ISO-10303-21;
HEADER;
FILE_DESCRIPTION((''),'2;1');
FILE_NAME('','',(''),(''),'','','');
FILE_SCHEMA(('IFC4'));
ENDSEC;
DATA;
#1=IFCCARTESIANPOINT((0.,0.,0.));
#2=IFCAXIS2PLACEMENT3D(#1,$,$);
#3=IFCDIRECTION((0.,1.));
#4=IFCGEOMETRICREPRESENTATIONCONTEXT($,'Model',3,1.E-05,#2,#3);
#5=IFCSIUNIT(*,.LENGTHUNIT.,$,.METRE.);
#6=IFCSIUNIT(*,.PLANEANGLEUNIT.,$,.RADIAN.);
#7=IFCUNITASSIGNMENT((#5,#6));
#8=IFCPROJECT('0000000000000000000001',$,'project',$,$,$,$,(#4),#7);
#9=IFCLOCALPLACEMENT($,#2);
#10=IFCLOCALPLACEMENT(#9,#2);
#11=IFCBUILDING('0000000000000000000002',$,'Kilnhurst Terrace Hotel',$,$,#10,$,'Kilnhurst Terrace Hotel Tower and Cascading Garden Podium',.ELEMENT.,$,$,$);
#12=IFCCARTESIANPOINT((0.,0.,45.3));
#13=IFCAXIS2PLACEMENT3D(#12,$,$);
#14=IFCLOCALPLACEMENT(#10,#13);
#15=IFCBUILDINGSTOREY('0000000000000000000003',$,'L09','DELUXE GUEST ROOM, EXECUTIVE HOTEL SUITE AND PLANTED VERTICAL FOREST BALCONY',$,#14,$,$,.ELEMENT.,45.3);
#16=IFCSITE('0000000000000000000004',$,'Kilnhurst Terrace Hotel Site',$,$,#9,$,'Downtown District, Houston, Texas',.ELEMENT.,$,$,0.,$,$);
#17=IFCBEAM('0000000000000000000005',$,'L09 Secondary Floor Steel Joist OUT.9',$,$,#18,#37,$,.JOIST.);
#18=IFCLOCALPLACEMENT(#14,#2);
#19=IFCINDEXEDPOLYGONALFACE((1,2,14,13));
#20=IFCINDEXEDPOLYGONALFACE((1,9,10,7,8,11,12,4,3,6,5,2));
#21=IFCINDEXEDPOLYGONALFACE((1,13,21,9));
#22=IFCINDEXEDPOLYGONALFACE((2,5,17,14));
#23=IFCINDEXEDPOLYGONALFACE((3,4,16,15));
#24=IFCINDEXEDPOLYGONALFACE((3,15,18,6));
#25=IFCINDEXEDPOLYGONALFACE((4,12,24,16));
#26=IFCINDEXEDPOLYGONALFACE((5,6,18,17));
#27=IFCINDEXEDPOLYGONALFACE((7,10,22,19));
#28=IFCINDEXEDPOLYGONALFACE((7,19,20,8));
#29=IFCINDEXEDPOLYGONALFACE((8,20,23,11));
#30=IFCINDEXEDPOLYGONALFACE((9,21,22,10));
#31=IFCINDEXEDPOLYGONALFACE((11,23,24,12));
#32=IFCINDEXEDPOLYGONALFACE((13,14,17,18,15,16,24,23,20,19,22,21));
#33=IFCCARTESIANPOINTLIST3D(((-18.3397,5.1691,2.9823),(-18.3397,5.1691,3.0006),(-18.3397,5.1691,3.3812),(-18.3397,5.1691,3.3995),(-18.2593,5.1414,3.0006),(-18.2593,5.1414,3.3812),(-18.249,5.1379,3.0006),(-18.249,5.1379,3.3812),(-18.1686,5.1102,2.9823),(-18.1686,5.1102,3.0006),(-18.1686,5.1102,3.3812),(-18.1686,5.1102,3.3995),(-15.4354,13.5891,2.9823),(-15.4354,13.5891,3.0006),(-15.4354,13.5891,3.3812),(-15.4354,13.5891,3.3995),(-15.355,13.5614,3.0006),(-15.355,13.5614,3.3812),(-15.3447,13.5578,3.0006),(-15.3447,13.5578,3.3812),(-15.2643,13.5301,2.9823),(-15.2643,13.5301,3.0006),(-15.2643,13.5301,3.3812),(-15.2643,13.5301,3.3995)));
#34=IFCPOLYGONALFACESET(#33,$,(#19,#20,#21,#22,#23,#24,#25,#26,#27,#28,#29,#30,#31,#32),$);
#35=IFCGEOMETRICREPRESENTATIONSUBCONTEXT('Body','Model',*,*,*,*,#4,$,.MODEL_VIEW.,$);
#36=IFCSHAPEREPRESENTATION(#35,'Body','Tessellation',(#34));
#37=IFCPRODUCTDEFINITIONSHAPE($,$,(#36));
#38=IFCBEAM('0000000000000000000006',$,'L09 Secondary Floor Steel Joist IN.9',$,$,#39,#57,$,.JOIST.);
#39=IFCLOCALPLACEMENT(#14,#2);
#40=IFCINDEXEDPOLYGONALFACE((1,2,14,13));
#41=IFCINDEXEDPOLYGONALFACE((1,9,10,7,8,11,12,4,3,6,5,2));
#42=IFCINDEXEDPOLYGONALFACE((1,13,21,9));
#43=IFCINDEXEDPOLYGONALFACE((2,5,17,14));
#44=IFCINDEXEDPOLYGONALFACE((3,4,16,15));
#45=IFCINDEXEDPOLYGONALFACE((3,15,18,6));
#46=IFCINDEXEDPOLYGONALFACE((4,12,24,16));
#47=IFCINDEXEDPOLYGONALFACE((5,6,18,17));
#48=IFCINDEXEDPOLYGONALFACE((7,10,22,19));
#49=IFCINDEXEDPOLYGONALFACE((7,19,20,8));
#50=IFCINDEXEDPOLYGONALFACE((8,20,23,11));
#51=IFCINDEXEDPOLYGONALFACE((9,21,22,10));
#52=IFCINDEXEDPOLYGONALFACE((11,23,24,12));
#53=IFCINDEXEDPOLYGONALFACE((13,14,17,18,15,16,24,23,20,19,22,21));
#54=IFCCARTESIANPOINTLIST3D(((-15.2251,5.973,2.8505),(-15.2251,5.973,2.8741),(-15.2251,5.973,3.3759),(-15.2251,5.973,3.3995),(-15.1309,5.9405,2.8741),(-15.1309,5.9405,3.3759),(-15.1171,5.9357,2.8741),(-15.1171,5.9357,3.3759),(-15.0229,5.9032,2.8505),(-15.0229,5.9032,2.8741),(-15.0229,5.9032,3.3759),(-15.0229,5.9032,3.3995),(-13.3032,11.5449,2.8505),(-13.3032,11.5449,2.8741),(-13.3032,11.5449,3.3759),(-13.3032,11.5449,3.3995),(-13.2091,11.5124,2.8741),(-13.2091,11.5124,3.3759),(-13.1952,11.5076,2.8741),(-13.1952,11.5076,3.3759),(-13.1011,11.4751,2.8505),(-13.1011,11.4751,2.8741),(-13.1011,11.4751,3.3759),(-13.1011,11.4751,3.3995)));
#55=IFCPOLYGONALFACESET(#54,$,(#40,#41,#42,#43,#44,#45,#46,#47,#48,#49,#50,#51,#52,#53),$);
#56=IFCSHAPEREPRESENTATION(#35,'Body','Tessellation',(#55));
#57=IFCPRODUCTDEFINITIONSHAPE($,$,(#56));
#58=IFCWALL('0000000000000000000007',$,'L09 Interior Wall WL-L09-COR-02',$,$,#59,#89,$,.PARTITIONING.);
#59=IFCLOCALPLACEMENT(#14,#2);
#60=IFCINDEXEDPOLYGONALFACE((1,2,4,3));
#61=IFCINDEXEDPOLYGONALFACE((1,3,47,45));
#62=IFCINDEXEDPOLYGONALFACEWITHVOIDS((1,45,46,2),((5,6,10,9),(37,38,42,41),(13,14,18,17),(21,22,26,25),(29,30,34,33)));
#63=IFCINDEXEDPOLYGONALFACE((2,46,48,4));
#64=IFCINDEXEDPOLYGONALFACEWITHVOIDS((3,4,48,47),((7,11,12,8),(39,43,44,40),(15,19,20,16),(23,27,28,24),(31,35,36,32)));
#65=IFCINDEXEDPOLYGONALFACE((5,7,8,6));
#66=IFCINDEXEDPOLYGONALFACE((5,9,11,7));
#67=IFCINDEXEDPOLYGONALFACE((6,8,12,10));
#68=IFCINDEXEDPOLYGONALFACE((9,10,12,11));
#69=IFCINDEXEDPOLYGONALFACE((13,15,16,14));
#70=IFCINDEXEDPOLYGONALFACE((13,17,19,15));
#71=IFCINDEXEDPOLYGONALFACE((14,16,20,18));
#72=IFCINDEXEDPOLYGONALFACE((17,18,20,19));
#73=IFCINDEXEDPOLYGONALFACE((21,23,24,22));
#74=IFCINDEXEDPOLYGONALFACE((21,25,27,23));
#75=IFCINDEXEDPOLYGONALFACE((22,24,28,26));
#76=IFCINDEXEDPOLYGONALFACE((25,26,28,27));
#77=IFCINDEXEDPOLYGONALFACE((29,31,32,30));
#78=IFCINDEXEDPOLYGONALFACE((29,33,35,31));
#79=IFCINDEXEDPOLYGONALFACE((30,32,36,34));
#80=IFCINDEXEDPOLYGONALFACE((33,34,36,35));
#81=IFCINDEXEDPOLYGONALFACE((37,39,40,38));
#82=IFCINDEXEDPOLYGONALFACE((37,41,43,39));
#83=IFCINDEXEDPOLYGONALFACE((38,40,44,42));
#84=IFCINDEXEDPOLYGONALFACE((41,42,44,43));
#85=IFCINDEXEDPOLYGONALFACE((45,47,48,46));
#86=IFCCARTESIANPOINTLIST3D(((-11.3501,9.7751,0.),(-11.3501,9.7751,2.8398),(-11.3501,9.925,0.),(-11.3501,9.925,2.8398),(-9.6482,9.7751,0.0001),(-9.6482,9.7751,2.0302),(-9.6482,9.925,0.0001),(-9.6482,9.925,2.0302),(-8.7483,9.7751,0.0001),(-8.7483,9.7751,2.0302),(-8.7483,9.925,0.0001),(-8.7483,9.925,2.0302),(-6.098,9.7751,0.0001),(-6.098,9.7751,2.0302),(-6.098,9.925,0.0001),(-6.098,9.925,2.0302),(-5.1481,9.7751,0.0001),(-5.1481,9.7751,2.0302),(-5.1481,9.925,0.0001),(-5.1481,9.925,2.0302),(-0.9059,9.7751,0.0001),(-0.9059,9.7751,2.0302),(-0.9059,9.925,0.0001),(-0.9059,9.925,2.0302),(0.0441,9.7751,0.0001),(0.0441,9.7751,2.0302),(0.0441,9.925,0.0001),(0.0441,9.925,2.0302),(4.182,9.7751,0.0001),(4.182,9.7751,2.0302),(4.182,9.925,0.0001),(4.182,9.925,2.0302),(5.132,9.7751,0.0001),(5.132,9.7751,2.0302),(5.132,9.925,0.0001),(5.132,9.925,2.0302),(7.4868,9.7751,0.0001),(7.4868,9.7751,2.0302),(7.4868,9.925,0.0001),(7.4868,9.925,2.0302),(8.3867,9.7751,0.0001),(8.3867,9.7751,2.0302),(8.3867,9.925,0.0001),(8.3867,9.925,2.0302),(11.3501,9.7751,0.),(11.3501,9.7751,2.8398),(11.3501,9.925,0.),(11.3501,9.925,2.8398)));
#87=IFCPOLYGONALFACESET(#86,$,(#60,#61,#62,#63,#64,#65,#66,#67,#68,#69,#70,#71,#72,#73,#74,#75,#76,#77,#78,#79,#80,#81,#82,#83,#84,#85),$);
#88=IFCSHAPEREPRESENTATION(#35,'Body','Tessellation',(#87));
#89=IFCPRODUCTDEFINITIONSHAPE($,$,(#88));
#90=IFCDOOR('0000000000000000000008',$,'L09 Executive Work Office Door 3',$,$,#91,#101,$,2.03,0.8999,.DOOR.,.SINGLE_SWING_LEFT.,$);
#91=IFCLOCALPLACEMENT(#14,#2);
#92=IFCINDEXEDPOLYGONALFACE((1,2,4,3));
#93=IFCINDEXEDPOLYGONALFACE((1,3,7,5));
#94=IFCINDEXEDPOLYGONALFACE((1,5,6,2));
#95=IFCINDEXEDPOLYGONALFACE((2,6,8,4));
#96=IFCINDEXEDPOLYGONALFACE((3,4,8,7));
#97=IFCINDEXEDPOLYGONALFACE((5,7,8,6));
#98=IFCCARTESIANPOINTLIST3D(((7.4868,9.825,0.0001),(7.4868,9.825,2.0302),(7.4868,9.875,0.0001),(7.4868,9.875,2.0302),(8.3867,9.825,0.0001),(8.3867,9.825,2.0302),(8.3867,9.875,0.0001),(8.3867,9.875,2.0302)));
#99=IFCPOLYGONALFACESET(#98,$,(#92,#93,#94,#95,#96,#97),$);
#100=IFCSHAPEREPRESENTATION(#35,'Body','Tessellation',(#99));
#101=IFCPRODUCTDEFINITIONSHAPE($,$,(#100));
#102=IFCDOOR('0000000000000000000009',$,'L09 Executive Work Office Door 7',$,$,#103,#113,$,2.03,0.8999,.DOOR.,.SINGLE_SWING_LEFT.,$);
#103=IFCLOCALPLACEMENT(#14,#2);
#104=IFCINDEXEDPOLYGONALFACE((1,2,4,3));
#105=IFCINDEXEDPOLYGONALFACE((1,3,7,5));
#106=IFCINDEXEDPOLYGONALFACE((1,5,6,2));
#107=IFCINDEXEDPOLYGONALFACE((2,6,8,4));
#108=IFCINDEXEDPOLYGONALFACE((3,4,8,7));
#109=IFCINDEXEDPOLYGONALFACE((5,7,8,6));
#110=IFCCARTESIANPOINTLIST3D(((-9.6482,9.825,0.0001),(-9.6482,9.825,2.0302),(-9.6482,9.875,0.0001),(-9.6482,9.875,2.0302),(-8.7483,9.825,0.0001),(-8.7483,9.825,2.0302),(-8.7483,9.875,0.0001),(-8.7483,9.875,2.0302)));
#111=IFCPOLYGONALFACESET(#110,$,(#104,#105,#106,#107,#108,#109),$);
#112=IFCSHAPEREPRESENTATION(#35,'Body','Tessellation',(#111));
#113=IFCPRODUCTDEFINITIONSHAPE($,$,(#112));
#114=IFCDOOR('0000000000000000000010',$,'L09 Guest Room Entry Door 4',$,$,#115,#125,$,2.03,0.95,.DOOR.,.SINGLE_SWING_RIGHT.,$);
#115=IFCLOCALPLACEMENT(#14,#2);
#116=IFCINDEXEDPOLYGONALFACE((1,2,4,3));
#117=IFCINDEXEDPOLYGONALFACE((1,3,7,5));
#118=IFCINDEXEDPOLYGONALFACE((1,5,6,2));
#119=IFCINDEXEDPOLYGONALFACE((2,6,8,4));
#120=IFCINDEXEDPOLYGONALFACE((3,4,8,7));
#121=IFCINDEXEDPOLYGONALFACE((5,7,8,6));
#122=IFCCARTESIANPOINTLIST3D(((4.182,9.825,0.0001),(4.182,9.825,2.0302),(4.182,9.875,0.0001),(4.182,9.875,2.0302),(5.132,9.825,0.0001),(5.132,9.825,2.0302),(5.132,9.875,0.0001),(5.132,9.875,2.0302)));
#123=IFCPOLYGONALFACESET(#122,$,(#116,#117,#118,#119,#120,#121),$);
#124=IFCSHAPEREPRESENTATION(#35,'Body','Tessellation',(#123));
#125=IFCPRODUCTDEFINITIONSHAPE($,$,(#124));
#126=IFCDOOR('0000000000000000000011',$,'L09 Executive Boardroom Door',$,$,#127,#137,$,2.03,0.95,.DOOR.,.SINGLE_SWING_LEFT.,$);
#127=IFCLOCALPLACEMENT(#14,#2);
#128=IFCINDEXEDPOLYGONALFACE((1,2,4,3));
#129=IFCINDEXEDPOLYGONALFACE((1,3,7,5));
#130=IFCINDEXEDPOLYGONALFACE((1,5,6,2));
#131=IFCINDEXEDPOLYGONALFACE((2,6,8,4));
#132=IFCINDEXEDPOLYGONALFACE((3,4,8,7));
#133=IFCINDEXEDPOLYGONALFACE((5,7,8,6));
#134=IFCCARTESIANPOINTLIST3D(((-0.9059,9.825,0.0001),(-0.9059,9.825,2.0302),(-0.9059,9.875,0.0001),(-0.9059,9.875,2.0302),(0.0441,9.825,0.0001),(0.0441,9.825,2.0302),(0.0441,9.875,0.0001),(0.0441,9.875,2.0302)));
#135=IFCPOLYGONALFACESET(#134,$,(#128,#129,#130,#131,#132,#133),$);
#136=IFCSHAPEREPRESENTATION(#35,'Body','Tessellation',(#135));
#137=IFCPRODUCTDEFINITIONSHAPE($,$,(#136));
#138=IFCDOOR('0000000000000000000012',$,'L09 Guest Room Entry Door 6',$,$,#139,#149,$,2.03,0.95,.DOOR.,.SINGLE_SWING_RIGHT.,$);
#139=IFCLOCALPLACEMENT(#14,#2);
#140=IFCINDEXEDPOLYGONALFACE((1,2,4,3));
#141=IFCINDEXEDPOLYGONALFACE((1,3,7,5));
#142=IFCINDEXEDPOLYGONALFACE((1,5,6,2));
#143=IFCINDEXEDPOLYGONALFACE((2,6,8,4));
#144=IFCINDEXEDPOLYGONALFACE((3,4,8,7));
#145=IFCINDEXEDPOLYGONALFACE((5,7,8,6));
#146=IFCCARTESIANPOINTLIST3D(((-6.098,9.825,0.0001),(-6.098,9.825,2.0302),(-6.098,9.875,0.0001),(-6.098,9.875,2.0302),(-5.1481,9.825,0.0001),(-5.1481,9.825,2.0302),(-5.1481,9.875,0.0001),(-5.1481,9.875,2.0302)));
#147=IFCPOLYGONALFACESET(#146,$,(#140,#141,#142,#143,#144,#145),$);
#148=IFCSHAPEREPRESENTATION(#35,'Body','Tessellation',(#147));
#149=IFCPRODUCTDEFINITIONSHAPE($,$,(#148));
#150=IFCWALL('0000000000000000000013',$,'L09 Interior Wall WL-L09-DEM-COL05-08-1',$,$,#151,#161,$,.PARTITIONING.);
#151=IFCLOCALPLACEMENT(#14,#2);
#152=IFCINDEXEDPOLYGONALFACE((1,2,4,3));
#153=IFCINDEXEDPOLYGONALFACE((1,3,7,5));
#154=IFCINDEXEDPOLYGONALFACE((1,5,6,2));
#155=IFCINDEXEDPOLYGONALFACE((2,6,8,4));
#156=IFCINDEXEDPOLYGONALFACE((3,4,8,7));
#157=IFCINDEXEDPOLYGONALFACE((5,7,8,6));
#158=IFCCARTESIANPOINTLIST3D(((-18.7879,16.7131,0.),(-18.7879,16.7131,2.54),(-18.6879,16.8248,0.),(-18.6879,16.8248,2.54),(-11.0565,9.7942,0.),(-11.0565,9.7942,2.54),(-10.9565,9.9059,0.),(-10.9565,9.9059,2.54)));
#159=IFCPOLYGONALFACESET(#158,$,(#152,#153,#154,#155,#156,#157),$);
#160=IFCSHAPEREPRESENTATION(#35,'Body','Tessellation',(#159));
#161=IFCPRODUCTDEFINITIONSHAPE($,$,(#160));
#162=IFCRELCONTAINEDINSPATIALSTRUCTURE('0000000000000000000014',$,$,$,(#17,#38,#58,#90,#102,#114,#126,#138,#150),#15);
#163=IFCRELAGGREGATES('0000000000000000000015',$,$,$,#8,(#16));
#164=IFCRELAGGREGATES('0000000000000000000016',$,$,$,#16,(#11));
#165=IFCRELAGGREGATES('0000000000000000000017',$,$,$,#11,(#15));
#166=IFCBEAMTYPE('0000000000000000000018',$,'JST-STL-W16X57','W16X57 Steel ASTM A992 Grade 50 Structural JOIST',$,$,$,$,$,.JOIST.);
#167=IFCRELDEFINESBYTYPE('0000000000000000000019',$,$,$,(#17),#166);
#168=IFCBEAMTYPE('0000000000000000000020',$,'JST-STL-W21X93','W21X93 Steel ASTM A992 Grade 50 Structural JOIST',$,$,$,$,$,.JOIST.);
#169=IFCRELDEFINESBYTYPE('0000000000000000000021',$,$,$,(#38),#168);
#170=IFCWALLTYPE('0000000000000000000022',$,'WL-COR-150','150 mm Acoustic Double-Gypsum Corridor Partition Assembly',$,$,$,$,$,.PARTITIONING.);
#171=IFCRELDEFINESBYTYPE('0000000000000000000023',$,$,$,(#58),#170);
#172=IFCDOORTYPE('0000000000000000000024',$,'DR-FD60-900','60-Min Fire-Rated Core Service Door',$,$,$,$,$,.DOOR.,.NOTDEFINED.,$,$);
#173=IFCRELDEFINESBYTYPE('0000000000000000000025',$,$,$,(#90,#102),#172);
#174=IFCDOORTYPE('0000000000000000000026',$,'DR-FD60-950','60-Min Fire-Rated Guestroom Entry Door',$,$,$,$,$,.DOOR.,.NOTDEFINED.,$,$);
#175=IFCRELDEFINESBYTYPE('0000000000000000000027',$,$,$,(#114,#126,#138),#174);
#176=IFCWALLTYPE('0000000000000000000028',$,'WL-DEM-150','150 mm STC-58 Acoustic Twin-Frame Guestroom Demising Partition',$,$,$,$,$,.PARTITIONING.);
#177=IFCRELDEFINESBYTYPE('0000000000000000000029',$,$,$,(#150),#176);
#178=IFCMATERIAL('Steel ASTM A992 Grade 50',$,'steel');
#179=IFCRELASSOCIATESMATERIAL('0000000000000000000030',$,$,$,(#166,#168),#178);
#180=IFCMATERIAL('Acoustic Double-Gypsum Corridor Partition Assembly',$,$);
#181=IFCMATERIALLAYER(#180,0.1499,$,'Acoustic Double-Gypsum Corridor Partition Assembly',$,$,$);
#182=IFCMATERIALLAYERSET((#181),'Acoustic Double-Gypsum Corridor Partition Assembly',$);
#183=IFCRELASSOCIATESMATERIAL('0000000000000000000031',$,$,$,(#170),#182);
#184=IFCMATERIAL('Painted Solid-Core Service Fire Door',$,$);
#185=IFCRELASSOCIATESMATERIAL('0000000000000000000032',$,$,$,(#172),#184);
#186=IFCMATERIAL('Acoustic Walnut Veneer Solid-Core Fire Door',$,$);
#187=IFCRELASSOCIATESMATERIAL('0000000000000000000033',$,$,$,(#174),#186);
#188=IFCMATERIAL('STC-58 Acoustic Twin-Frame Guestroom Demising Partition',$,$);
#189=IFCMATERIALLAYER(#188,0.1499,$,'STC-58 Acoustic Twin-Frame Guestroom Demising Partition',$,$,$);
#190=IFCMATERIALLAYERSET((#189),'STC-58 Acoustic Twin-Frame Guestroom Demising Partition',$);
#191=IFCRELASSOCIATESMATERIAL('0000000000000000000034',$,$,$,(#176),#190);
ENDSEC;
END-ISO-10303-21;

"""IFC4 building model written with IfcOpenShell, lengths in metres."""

from ifc_helpers import new_model, si_unit, direction, frame, frame_2d, origin, origin_2d, place, context, subcontext, project, spatial, rectangle, i_section, extrude, material, layer, layer_set, material_profile, profile_set, type_object, element, fill, save


model = new_model("IFC4")

# Units and contexts
model_context = context("Model", 3, precision=1e-05, world=origin(), true_north=direction((0.0, 1.0)))
body_context = subcontext(model_context, "Body", "Model", "MODEL_VIEW")
ifc_project = project(units=[si_unit("LENGTHUNIT", "METRE"), si_unit("PLANEANGLEUNIT", "RADIAN")], contexts=[model_context])

# Site, building, storey
site_placement = place(None, origin())
site = spatial("IfcSite", under=ifc_project, at=site_placement, Name="Kilnhurst Terrace Hotel Site", LongName="Downtown District, Houston, Texas", CompositionType="ELEMENT", RefElevation=0.0)
building_placement = place(site_placement, origin())
building = spatial("IfcBuilding", under=site, at=building_placement, Name="Kilnhurst Terrace Hotel", LongName="Kilnhurst Terrace Hotel Tower and Cascading Garden Podium", CompositionType="ELEMENT")
storey_placement = place(building_placement, frame((0.0, 0.0, 45.3)))
storey = spatial("IfcBuildingStorey", under=building, at=storey_placement, Name="L09", Description="DELUXE GUEST ROOM, EXECUTIVE HOTEL SUITE AND PLANTED VERTICAL FOREST BALCONY", CompositionType="ELEMENT", Elevation=45.3)

# Beams
ifc_material_1 = material(Name="Steel ASTM A992 Grade 50", Category="steel")
ifc_material_profile_1 = material_profile(ifc_material_1, i_section(OverallWidth=0.1809, OverallDepth=0.4172, WebThickness=0.011, FlangeThickness=0.0183, at=origin_2d()), Name="W16X57")
ifc_profile_set_1 = profile_set([ifc_material_profile_1], Name="Steel ASTM A992 Grade 50")
beam_type_1 = type_object("IfcBeamType", Name="JST-STL-W16X57", Description="W16X57 Steel ASTM A992 Grade 50 Structural JOIST", PredefinedType="JOIST", material=ifc_profile_set_1)
beam_1_placement = place(storey_placement, frame((-15.3499, 13.5596, 3.1909), z_axis=(-0.326079, -0.945343, 0.0), x_axis=(0.945343, -0.326079, 0.0)))
element("IfcBeam", 1, at=beam_1_placement, inside=storey, type_object=beam_type_1, Name="L09 Secondary Floor Steel Joist OUT.9", PredefinedType="JOIST", context=body_context, shape_type="SweptSolid", body=[
    extrude(i_section(OverallWidth=0.1809, OverallDepth=0.4172, WebThickness=0.011, FlangeThickness=0.0183, at=origin_2d()), origin(), (0.0, 0.0, 1.0), 8.9067),
])
ifc_material_profile_2 = material_profile(ifc_material_1, i_section(OverallWidth=0.2139, OverallDepth=0.5491, WebThickness=0.0146, FlangeThickness=0.0237, at=origin_2d()), Name="W21X93")
ifc_profile_set_2 = profile_set([ifc_material_profile_2], Name="Steel ASTM A992 Grade 50")
beam_type_2 = type_object("IfcBeamType", Name="JST-STL-W21X93", Description="W21X93 Steel ASTM A992 Grade 50 Structural JOIST", PredefinedType="JOIST", material=ifc_profile_set_2)
beam_2_placement = place(storey_placement, frame((-13.2021, 11.51, 3.125), z_axis=(-0.326065, -0.945347, 0.0), x_axis=(0.945347, -0.326065, 0.0)))
element("IfcBeam", 2, at=beam_2_placement, inside=storey, type_object=beam_type_2, Name="L09 Secondary Floor Steel Joist IN.9", PredefinedType="JOIST", context=body_context, shape_type="SweptSolid", body=[
    extrude(i_section(OverallWidth=0.2139, OverallDepth=0.5491, WebThickness=0.0146, FlangeThickness=0.0237, at=origin_2d()), origin(), (0.0, 0.0, 1.0), 5.894),
])

# Wall, openings, doors
ifc_material_2 = material(Name="Acoustic Double-Gypsum Corridor Partition Assembly")
ifc_layer_1 = layer(ifc_material_2, 0.1499, Name="Acoustic Double-Gypsum Corridor Partition Assembly")
ifc_layer_set_1 = layer_set([ifc_layer_1], Name="Acoustic Double-Gypsum Corridor Partition Assembly")
wall_type_1 = type_object("IfcWallType", Name="WL-COR-150", Description="150 mm Acoustic Double-Gypsum Corridor Partition Assembly", PredefinedType="PARTITIONING", material=ifc_layer_set_1)
wall_1_placement = place(storey_placement, frame((-11.3501, 9.8501, 0.0), z_axis=(0.0, 0.0, 1.0), x_axis=(1.0, 0.0, 0.0)))
wall_1 = element("IfcWall", 3, at=wall_1_placement, inside=storey, type_object=wall_type_1, Name="L09 Interior Wall WL-L09-COR-02", PredefinedType="PARTITIONING", context=body_context, shape_type="SweptSolid", body=[
    extrude(rectangle(XDim=22.7002, YDim=0.1499, at=frame_2d((11.3501, 0.0))), origin(), (0.0, 0.0, 1.0), 2.8398),
])
opening_1_placement = place(wall_1_placement, frame((18.8369, 0.0, 0.0)))
opening_1 = element("IfcOpeningElement", 4, at=opening_1_placement, cuts=wall_1, PredefinedType="OPENING", context=body_context, shape_type="SweptSolid", body=[
    extrude(rectangle(XDim=0.8999, YDim=2.03, at=frame_2d((0.45, 1.0151))), frame((0.0, 0.085, 0.0), z_axis=(0.0, -1.0, 0.0), x_axis=(1.0, 0.0, 0.0)), (0.0, 0.0, 1.0), 0.1699),
])
opening_2_placement = place(wall_1_placement, frame((15.532, 0.0, 0.0)))
opening_2 = element("IfcOpeningElement", 5, at=opening_2_placement, cuts=wall_1, PredefinedType="OPENING", context=body_context, shape_type="SweptSolid", body=[
    extrude(rectangle(XDim=0.95, YDim=2.03, at=frame_2d((0.4751, 1.0151))), frame((0.0, 0.085, 0.0), z_axis=(0.0, -1.0, 0.0), x_axis=(1.0, 0.0, 0.0)), (0.0, 0.0, 1.0), 0.1699),
])
opening_3_placement = place(wall_1_placement, frame((10.4441, 0.0, 0.0)))
opening_3 = element("IfcOpeningElement", 6, at=opening_3_placement, cuts=wall_1, PredefinedType="OPENING", context=body_context, shape_type="SweptSolid", body=[
    extrude(rectangle(XDim=0.95, YDim=2.03, at=frame_2d((0.4751, 1.0151))), frame((0.0, 0.085, 0.0), z_axis=(0.0, -1.0, 0.0), x_axis=(1.0, 0.0, 0.0)), (0.0, 0.0, 1.0), 0.1699),
])
opening_4_placement = place(wall_1_placement, frame((5.252, 0.0, 0.0)))
opening_4 = element("IfcOpeningElement", 7, at=opening_4_placement, cuts=wall_1, PredefinedType="OPENING", context=body_context, shape_type="SweptSolid", body=[
    extrude(rectangle(XDim=0.95, YDim=2.03, at=frame_2d((0.4751, 1.0151))), frame((0.0, 0.085, 0.0), z_axis=(0.0, -1.0, 0.0), x_axis=(1.0, 0.0, 0.0)), (0.0, 0.0, 1.0), 0.1699),
])
opening_5_placement = place(wall_1_placement, frame((1.7019, 0.0, 0.0)))
opening_5 = element("IfcOpeningElement", 8, at=opening_5_placement, cuts=wall_1, PredefinedType="OPENING", context=body_context, shape_type="SweptSolid", body=[
    extrude(rectangle(XDim=0.8999, YDim=2.03, at=frame_2d((0.45, 1.0151))), frame((0.0, 0.085, 0.0), z_axis=(0.0, -1.0, 0.0), x_axis=(1.0, 0.0, 0.0)), (0.0, 0.0, 1.0), 0.1699),
])
ifc_material_3 = material(Name="Painted Solid-Core Service Fire Door")
door_type_1 = type_object("IfcDoorType", Name="DR-FD60-900", Description="60-Min Fire-Rated Core Service Door", OperationType="NOTDEFINED", PredefinedType="DOOR", material=ifc_material_3)
door_1_placement = place(opening_1_placement, origin())
door_1 = element("IfcDoor", 9, at=door_1_placement, inside=storey, type_object=door_type_1, Name="L09 Executive Work Office Door 3", OperationType="SINGLE_SWING_LEFT", OverallHeight=2.03, OverallWidth=0.8999, PredefinedType="DOOR", context=body_context, shape_type="SweptSolid", body=[
    extrude(rectangle(XDim=0.8999, YDim=2.03, at=frame_2d((0.45, 1.0151))), frame((0.0, 0.0249, 0.0), z_axis=(0.0, -1.0, 0.0), x_axis=(1.0, 0.0, 0.0)), (0.0, 0.0, 1.0), 0.05),
])
fill(opening_1, door_1)
door_2_placement = place(opening_5_placement, origin())
door_2 = element("IfcDoor", 10, at=door_2_placement, inside=storey, type_object=door_type_1, Name="L09 Executive Work Office Door 7", OperationType="SINGLE_SWING_LEFT", OverallHeight=2.03, OverallWidth=0.8999, PredefinedType="DOOR", context=body_context, shape_type="SweptSolid", body=[
    extrude(rectangle(XDim=0.8999, YDim=2.03, at=frame_2d((0.45, 1.0151))), frame((0.0, 0.0249, 0.0), z_axis=(0.0, -1.0, 0.0), x_axis=(1.0, 0.0, 0.0)), (0.0, 0.0, 1.0), 0.05),
])
fill(opening_5, door_2)
ifc_material_4 = material(Name="Acoustic Walnut Veneer Solid-Core Fire Door")
door_type_2 = type_object("IfcDoorType", Name="DR-FD60-950", Description="60-Min Fire-Rated Guestroom Entry Door", OperationType="NOTDEFINED", PredefinedType="DOOR", material=ifc_material_4)
door_3_placement = place(opening_2_placement, origin())
door_3 = element("IfcDoor", 11, at=door_3_placement, inside=storey, type_object=door_type_2, Name="L09 Guest Room Entry Door 4", OperationType="SINGLE_SWING_RIGHT", OverallHeight=2.03, OverallWidth=0.95, PredefinedType="DOOR", context=body_context, shape_type="SweptSolid", body=[
    extrude(rectangle(XDim=0.95, YDim=2.03, at=frame_2d((0.4751, 1.0151))), frame((0.0, 0.0249, 0.0), z_axis=(0.0, -1.0, 0.0), x_axis=(1.0, 0.0, 0.0)), (0.0, 0.0, 1.0), 0.05),
])
fill(opening_2, door_3)
door_4_placement = place(opening_3_placement, origin())
door_4 = element("IfcDoor", 12, at=door_4_placement, inside=storey, type_object=door_type_2, Name="L09 Executive Boardroom Door", OperationType="SINGLE_SWING_LEFT", OverallHeight=2.03, OverallWidth=0.95, PredefinedType="DOOR", context=body_context, shape_type="SweptSolid", body=[
    extrude(rectangle(XDim=0.95, YDim=2.03, at=frame_2d((0.4751, 1.0151))), frame((0.0, 0.0249, 0.0), z_axis=(0.0, -1.0, 0.0), x_axis=(1.0, 0.0, 0.0)), (0.0, 0.0, 1.0), 0.05),
])
fill(opening_3, door_4)
door_5_placement = place(opening_4_placement, origin())
door_5 = element("IfcDoor", 13, at=door_5_placement, inside=storey, type_object=door_type_2, Name="L09 Guest Room Entry Door 6", OperationType="SINGLE_SWING_RIGHT", OverallHeight=2.03, OverallWidth=0.95, PredefinedType="DOOR", context=body_context, shape_type="SweptSolid", body=[
    extrude(rectangle(XDim=0.95, YDim=2.03, at=frame_2d((0.4751, 1.0151))), frame((0.0, 0.0249, 0.0), z_axis=(0.0, -1.0, 0.0), x_axis=(1.0, 0.0, 0.0)), (0.0, 0.0, 1.0), 0.05),
])
fill(opening_4, door_5)

# Wall
ifc_material_5 = material(Name="STC-58 Acoustic Twin-Frame Guestroom Demising Partition")
ifc_layer_2 = layer(ifc_material_5, 0.1499, Name="STC-58 Acoustic Twin-Frame Guestroom Demising Partition")
ifc_layer_set_2 = layer_set([ifc_layer_2], Name="STC-58 Acoustic Twin-Frame Guestroom Demising Partition")
wall_type_2 = type_object("IfcWallType", Name="WL-DEM-150", Description="150 mm STC-58 Acoustic Twin-Frame Guestroom Demising Partition", PredefinedType="PARTITIONING", material=ifc_layer_set_2)
wall_2_placement = place(storey_placement, frame((-11.0066, 9.8501, 0.0), z_axis=(0.0, 0.0, 1.0), x_axis=(-0.745177, 0.666866, 0.0)))
element("IfcWall", 14, at=wall_2_placement, inside=storey, type_object=wall_type_2, Name="L09 Interior Wall WL-L09-DEM-COL05-08-1", PredefinedType="PARTITIONING", context=body_context, shape_type="SweptSolid", body=[
    extrude(rectangle(XDim=10.3752, YDim=0.1499, at=frame_2d((5.1875, 0.0))), origin(), (0.0, 0.0, 1.0), 2.54),
])

save(model, "model.ifc")
